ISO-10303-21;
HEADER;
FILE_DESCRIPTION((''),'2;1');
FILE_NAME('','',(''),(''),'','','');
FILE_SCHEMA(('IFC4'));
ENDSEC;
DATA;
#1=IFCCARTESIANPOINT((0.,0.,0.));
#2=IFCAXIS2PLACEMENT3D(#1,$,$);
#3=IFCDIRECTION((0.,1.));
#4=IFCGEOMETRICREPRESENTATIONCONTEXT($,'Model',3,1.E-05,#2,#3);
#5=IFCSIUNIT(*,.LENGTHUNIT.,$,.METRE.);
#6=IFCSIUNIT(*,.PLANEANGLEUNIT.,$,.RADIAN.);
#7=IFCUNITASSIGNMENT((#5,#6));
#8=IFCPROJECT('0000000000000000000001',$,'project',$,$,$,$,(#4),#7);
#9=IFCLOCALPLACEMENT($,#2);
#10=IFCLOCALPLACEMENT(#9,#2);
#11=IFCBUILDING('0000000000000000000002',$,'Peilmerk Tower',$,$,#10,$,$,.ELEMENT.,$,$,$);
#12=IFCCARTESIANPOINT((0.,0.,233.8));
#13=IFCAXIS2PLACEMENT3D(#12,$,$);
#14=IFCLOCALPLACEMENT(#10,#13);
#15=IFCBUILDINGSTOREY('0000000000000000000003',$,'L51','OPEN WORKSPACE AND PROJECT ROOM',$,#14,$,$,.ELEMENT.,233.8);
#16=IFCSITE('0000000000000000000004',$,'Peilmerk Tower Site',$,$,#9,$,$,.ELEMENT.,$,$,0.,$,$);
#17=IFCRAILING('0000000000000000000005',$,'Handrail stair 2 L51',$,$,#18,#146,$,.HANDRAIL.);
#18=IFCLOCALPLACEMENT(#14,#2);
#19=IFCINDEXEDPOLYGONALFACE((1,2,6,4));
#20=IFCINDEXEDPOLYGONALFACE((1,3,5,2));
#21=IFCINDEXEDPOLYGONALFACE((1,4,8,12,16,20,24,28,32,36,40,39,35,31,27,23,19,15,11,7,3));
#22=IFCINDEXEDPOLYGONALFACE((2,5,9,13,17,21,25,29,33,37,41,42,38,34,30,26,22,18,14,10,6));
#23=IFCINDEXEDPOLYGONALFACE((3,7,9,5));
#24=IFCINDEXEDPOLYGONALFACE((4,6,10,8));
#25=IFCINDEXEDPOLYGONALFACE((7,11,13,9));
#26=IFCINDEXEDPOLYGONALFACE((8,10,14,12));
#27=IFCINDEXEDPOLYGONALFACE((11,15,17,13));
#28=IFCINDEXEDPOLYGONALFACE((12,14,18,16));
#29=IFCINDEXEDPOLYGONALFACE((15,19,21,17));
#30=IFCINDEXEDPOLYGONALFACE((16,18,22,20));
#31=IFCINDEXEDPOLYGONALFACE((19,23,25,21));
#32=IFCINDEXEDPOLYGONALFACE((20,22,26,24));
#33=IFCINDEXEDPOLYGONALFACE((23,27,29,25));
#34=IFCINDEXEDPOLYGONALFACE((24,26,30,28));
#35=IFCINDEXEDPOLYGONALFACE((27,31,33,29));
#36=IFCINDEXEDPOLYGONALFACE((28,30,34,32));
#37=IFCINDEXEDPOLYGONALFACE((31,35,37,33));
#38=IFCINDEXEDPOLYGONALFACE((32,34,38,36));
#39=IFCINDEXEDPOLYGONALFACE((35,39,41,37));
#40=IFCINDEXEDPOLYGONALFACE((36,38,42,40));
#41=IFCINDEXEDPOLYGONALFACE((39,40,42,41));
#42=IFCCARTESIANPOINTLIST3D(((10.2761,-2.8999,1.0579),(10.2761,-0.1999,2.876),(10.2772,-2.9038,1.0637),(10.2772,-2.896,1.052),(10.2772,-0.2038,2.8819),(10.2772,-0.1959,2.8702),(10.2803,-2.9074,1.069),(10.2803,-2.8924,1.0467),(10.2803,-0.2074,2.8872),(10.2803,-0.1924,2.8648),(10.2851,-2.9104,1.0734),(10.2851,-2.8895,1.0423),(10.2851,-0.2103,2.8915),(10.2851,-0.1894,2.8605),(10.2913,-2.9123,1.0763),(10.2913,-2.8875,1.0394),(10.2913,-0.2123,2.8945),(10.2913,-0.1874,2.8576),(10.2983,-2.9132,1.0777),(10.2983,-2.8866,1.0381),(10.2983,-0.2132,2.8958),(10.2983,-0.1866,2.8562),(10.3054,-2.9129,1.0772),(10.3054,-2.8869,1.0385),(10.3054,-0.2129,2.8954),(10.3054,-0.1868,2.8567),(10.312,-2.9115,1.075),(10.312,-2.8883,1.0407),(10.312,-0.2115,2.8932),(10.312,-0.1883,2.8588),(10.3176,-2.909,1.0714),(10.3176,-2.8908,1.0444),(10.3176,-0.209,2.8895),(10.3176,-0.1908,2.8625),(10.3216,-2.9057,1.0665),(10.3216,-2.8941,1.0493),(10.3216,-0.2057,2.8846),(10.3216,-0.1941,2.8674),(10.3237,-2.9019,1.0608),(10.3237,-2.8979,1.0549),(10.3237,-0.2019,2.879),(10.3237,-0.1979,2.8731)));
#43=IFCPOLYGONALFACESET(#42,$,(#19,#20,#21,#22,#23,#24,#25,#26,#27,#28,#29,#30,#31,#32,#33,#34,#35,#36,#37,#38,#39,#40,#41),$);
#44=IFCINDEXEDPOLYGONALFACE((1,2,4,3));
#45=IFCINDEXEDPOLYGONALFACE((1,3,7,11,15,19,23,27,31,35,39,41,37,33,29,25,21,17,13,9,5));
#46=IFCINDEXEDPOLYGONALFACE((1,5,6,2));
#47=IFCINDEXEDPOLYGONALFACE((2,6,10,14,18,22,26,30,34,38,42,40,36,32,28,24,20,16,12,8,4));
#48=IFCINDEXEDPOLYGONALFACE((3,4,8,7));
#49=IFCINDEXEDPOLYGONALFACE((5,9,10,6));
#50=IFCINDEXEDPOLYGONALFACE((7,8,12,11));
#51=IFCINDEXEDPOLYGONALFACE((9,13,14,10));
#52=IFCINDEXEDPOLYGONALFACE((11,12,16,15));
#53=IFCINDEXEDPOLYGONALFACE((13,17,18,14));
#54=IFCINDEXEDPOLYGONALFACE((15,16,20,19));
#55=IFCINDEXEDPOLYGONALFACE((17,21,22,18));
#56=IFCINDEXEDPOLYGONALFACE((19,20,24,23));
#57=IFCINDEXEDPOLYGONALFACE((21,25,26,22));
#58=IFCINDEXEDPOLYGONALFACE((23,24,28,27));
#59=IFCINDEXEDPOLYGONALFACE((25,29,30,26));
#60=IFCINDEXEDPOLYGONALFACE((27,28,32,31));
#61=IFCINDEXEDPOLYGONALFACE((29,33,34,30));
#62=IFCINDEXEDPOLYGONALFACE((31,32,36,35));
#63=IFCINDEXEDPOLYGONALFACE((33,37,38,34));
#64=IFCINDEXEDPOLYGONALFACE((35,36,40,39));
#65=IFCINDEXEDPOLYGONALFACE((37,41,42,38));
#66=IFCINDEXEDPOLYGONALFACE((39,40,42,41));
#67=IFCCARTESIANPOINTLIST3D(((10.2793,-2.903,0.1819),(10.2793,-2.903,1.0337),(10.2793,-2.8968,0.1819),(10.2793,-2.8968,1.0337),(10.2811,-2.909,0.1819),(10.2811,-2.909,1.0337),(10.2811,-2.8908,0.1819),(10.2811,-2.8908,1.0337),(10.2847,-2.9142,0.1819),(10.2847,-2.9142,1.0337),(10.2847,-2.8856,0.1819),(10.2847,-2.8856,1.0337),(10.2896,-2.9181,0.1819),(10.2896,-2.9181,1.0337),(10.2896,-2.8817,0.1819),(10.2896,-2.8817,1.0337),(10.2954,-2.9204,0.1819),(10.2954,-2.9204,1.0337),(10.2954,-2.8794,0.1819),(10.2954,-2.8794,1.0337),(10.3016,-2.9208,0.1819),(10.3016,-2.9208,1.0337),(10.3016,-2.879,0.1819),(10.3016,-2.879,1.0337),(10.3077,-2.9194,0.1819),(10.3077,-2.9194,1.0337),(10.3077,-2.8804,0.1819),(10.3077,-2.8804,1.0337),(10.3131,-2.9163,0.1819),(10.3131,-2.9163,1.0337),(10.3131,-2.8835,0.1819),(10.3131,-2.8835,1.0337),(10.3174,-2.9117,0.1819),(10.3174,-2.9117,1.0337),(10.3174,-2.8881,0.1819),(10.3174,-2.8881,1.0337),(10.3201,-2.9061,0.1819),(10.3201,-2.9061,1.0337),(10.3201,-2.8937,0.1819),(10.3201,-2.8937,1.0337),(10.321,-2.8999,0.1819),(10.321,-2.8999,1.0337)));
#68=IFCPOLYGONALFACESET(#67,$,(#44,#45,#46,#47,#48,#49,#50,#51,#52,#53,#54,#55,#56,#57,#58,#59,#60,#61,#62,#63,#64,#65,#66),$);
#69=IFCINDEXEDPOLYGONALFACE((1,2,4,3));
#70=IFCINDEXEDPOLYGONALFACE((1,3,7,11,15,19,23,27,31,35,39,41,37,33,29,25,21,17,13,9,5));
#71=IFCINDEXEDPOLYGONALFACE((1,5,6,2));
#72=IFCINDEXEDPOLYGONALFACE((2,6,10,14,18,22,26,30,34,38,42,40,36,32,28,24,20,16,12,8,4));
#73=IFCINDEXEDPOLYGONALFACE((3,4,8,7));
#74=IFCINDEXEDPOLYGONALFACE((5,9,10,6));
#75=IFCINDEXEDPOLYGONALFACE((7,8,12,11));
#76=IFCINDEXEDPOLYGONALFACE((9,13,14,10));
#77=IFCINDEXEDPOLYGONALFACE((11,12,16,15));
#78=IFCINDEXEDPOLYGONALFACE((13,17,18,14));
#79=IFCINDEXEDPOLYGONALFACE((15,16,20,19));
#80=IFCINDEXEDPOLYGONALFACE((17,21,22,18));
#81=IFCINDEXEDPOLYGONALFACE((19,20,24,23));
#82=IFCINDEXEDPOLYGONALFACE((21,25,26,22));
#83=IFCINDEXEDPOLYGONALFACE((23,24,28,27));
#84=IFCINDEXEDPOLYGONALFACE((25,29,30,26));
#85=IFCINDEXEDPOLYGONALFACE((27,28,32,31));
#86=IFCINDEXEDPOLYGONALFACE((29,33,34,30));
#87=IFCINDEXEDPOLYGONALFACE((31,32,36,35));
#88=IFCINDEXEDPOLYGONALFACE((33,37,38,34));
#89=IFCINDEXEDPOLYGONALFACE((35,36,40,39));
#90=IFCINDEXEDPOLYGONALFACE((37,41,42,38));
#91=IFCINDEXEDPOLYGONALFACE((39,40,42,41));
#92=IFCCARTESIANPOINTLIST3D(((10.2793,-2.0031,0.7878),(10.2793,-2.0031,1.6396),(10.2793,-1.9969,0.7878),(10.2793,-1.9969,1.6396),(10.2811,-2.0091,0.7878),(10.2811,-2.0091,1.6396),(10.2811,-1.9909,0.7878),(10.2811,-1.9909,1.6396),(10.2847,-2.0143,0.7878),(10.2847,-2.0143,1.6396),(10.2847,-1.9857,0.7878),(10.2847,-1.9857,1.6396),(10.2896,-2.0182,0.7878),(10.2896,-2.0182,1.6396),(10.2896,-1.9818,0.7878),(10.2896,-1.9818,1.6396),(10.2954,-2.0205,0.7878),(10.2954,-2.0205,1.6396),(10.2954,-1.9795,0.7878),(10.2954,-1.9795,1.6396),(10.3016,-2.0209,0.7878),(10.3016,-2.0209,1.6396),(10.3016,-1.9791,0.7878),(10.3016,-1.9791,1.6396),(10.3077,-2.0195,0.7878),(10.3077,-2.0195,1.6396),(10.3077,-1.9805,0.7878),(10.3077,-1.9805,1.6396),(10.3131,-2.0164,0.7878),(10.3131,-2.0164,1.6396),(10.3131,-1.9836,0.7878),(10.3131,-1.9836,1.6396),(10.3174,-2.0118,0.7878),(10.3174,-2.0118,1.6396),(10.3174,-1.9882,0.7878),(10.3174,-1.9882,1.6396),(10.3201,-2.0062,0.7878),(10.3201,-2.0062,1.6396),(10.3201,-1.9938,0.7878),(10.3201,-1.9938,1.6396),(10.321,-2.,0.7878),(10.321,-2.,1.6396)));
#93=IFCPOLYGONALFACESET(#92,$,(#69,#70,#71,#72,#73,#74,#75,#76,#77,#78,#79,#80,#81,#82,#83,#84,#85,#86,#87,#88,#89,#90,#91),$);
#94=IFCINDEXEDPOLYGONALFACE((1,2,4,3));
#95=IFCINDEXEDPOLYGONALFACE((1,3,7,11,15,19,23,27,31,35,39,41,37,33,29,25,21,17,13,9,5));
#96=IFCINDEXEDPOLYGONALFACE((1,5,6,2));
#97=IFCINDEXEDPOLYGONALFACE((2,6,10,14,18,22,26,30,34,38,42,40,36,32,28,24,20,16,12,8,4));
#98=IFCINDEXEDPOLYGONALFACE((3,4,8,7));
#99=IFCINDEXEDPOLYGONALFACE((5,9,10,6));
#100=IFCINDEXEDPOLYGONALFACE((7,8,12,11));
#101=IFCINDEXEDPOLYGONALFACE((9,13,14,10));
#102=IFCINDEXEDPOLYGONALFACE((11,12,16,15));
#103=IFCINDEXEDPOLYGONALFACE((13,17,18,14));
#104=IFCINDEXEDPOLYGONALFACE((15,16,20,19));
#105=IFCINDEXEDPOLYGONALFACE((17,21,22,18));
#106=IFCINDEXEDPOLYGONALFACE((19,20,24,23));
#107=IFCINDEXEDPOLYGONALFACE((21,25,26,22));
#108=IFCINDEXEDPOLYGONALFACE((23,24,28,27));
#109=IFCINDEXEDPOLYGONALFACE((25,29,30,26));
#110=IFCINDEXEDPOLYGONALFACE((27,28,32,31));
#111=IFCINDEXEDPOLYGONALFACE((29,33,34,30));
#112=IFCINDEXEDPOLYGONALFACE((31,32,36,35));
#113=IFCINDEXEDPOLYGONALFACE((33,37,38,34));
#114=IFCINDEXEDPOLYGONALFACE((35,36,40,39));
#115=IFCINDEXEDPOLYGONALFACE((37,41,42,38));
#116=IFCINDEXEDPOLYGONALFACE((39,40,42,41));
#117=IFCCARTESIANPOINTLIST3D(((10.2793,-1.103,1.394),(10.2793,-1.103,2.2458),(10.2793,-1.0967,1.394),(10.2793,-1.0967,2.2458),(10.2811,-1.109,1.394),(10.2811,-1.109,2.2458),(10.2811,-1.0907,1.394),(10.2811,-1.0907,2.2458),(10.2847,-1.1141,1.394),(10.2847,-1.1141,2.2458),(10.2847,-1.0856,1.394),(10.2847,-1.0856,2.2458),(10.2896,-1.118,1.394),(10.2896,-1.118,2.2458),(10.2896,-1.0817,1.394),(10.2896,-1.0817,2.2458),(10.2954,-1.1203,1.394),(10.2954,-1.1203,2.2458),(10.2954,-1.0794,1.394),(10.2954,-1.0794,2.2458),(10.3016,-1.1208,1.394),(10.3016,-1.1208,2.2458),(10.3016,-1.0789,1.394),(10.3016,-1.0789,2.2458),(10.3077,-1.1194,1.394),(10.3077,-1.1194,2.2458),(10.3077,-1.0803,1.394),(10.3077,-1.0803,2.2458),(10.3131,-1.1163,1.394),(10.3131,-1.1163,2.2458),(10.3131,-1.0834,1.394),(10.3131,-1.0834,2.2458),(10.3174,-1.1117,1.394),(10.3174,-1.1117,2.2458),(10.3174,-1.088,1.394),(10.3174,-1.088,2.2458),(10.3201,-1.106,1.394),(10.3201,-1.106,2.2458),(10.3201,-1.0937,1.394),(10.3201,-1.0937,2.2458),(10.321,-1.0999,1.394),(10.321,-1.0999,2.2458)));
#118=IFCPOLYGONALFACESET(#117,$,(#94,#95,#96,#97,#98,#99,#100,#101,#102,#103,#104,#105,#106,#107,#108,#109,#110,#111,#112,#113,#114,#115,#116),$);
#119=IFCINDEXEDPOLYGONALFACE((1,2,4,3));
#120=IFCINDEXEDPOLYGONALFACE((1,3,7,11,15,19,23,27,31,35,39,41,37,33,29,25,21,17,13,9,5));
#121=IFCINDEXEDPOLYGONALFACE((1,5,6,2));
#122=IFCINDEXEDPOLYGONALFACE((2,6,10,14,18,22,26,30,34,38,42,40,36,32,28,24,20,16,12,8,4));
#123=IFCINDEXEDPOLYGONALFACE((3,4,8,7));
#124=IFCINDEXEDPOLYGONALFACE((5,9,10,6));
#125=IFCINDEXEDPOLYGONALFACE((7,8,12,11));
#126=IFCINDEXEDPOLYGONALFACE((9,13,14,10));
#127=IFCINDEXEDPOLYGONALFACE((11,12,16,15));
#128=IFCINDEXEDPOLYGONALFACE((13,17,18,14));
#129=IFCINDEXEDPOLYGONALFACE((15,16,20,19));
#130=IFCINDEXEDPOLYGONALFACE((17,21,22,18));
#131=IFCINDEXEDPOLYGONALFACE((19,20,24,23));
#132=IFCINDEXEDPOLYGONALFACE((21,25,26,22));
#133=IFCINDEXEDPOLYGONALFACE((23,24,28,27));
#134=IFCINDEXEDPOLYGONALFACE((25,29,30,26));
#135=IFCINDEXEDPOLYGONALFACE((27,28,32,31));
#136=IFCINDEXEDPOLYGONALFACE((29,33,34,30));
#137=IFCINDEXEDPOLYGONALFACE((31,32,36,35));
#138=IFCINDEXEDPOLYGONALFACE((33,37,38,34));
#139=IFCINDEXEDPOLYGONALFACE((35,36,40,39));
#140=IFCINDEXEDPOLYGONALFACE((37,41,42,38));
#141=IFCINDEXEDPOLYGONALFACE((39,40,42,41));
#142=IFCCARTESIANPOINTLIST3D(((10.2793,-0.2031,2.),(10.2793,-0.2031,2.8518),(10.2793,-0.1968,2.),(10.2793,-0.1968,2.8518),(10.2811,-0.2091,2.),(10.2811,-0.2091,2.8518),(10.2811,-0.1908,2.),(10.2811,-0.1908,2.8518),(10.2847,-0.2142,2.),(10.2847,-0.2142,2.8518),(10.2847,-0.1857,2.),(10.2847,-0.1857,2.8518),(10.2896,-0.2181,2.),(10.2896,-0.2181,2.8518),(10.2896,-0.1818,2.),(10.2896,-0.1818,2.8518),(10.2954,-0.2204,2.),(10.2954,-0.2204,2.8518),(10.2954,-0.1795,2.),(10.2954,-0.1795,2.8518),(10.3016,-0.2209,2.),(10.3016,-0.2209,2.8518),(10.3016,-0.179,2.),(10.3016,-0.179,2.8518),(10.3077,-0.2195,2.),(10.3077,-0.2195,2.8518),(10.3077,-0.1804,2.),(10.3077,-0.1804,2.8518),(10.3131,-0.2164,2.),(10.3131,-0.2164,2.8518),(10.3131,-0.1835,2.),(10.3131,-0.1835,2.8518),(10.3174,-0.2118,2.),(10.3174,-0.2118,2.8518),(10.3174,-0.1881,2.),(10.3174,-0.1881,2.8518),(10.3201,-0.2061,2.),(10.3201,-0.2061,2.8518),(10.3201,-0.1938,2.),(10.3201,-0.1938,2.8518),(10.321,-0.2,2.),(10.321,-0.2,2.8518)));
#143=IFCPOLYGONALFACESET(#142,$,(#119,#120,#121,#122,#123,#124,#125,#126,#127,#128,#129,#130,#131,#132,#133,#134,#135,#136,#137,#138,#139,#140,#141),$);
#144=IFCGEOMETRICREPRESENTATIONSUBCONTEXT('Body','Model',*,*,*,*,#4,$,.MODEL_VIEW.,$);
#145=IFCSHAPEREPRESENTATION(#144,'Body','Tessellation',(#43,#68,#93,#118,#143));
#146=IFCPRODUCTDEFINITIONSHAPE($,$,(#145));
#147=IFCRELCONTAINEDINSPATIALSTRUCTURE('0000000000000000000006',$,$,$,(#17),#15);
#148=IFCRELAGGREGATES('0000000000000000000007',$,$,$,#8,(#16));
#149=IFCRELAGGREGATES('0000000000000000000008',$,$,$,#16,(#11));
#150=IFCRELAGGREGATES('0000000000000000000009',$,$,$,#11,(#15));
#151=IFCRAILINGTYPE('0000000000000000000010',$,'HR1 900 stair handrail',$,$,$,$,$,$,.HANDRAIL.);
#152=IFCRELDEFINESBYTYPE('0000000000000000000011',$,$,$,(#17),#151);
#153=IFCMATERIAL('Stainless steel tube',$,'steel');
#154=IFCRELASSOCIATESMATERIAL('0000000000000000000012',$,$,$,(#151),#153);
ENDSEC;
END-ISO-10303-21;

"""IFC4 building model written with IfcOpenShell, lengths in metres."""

from ifc_helpers import new_model, si_unit, direction, frame, origin, origin_2d, place, context, subcontext, project, spatial, circle, extrude, material, type_object, element, save


model = new_model("IFC4")

# Units and contexts
model_context = context("Model", 3, precision=1e-05, world=origin(), true_north=direction((0.0, 1.0)))
body_context = subcontext(model_context, "Body", "Model", "MODEL_VIEW")
ifc_project = project(units=[si_unit("LENGTHUNIT", "METRE"), si_unit("PLANEANGLEUNIT", "RADIAN")], contexts=[model_context])

# Site, building, storey
site_placement = place(None, origin())
site = spatial("IfcSite", under=ifc_project, at=site_placement, Name="Peilmerk Tower Site", CompositionType="ELEMENT", RefElevation=0.0)
building_placement = place(site_placement, origin())
building = spatial("IfcBuilding", under=site, at=building_placement, Name="Peilmerk Tower", CompositionType="ELEMENT")
storey_placement = place(building_placement, frame((0.0, 0.0, 233.8)))
storey = spatial("IfcBuildingStorey", under=building, at=storey_placement, Name="L51", Description="OPEN WORKSPACE AND PROJECT ROOM", CompositionType="ELEMENT", Elevation=233.8)

# Railing
ifc_material_1 = material(Name="Stainless steel tube", Category="steel")
railing_type_1 = type_object("IfcRailingType", Name="HR1 900 stair handrail", PredefinedType="HANDRAIL", material=ifc_material_1)
railing_1_placement = place(storey_placement, frame((10.3, -2.8999, 0.1819)))
element("IfcRailing", 1, at=railing_1_placement, inside=storey, type_object=railing_type_1, Name="Handrail stair 2 L51", PredefinedType="HANDRAIL", context=body_context, shape_type="SweptSolid", body=[
    extrude(circle(Radius=0.0239, at=origin_2d()), frame((0.0, 0.0, 0.876), z_axis=(0.0, 0.829468, 0.558554), x_axis=(-1.0, 0.0, 0.0)), (0.0, 0.0, 1.0), 3.2551),
    extrude(circle(Radius=0.021, at=origin_2d()), origin(), (0.0, 0.0, 1.0), 0.8518),
    extrude(circle(Radius=0.021, at=origin_2d()), frame((0.0, 0.8999, 0.606)), (0.0, 0.0, 1.0), 0.8518),
    extrude(circle(Radius=0.021, at=origin_2d()), frame((0.0, 1.8, 1.2122)), (0.0, 0.0, 1.0), 0.8518),
    extrude(circle(Radius=0.021, at=origin_2d()), frame((0.0, 2.7, 1.8181)), (0.0, 0.0, 1.0), 0.8518),
])

save(model, "model.ifc")
